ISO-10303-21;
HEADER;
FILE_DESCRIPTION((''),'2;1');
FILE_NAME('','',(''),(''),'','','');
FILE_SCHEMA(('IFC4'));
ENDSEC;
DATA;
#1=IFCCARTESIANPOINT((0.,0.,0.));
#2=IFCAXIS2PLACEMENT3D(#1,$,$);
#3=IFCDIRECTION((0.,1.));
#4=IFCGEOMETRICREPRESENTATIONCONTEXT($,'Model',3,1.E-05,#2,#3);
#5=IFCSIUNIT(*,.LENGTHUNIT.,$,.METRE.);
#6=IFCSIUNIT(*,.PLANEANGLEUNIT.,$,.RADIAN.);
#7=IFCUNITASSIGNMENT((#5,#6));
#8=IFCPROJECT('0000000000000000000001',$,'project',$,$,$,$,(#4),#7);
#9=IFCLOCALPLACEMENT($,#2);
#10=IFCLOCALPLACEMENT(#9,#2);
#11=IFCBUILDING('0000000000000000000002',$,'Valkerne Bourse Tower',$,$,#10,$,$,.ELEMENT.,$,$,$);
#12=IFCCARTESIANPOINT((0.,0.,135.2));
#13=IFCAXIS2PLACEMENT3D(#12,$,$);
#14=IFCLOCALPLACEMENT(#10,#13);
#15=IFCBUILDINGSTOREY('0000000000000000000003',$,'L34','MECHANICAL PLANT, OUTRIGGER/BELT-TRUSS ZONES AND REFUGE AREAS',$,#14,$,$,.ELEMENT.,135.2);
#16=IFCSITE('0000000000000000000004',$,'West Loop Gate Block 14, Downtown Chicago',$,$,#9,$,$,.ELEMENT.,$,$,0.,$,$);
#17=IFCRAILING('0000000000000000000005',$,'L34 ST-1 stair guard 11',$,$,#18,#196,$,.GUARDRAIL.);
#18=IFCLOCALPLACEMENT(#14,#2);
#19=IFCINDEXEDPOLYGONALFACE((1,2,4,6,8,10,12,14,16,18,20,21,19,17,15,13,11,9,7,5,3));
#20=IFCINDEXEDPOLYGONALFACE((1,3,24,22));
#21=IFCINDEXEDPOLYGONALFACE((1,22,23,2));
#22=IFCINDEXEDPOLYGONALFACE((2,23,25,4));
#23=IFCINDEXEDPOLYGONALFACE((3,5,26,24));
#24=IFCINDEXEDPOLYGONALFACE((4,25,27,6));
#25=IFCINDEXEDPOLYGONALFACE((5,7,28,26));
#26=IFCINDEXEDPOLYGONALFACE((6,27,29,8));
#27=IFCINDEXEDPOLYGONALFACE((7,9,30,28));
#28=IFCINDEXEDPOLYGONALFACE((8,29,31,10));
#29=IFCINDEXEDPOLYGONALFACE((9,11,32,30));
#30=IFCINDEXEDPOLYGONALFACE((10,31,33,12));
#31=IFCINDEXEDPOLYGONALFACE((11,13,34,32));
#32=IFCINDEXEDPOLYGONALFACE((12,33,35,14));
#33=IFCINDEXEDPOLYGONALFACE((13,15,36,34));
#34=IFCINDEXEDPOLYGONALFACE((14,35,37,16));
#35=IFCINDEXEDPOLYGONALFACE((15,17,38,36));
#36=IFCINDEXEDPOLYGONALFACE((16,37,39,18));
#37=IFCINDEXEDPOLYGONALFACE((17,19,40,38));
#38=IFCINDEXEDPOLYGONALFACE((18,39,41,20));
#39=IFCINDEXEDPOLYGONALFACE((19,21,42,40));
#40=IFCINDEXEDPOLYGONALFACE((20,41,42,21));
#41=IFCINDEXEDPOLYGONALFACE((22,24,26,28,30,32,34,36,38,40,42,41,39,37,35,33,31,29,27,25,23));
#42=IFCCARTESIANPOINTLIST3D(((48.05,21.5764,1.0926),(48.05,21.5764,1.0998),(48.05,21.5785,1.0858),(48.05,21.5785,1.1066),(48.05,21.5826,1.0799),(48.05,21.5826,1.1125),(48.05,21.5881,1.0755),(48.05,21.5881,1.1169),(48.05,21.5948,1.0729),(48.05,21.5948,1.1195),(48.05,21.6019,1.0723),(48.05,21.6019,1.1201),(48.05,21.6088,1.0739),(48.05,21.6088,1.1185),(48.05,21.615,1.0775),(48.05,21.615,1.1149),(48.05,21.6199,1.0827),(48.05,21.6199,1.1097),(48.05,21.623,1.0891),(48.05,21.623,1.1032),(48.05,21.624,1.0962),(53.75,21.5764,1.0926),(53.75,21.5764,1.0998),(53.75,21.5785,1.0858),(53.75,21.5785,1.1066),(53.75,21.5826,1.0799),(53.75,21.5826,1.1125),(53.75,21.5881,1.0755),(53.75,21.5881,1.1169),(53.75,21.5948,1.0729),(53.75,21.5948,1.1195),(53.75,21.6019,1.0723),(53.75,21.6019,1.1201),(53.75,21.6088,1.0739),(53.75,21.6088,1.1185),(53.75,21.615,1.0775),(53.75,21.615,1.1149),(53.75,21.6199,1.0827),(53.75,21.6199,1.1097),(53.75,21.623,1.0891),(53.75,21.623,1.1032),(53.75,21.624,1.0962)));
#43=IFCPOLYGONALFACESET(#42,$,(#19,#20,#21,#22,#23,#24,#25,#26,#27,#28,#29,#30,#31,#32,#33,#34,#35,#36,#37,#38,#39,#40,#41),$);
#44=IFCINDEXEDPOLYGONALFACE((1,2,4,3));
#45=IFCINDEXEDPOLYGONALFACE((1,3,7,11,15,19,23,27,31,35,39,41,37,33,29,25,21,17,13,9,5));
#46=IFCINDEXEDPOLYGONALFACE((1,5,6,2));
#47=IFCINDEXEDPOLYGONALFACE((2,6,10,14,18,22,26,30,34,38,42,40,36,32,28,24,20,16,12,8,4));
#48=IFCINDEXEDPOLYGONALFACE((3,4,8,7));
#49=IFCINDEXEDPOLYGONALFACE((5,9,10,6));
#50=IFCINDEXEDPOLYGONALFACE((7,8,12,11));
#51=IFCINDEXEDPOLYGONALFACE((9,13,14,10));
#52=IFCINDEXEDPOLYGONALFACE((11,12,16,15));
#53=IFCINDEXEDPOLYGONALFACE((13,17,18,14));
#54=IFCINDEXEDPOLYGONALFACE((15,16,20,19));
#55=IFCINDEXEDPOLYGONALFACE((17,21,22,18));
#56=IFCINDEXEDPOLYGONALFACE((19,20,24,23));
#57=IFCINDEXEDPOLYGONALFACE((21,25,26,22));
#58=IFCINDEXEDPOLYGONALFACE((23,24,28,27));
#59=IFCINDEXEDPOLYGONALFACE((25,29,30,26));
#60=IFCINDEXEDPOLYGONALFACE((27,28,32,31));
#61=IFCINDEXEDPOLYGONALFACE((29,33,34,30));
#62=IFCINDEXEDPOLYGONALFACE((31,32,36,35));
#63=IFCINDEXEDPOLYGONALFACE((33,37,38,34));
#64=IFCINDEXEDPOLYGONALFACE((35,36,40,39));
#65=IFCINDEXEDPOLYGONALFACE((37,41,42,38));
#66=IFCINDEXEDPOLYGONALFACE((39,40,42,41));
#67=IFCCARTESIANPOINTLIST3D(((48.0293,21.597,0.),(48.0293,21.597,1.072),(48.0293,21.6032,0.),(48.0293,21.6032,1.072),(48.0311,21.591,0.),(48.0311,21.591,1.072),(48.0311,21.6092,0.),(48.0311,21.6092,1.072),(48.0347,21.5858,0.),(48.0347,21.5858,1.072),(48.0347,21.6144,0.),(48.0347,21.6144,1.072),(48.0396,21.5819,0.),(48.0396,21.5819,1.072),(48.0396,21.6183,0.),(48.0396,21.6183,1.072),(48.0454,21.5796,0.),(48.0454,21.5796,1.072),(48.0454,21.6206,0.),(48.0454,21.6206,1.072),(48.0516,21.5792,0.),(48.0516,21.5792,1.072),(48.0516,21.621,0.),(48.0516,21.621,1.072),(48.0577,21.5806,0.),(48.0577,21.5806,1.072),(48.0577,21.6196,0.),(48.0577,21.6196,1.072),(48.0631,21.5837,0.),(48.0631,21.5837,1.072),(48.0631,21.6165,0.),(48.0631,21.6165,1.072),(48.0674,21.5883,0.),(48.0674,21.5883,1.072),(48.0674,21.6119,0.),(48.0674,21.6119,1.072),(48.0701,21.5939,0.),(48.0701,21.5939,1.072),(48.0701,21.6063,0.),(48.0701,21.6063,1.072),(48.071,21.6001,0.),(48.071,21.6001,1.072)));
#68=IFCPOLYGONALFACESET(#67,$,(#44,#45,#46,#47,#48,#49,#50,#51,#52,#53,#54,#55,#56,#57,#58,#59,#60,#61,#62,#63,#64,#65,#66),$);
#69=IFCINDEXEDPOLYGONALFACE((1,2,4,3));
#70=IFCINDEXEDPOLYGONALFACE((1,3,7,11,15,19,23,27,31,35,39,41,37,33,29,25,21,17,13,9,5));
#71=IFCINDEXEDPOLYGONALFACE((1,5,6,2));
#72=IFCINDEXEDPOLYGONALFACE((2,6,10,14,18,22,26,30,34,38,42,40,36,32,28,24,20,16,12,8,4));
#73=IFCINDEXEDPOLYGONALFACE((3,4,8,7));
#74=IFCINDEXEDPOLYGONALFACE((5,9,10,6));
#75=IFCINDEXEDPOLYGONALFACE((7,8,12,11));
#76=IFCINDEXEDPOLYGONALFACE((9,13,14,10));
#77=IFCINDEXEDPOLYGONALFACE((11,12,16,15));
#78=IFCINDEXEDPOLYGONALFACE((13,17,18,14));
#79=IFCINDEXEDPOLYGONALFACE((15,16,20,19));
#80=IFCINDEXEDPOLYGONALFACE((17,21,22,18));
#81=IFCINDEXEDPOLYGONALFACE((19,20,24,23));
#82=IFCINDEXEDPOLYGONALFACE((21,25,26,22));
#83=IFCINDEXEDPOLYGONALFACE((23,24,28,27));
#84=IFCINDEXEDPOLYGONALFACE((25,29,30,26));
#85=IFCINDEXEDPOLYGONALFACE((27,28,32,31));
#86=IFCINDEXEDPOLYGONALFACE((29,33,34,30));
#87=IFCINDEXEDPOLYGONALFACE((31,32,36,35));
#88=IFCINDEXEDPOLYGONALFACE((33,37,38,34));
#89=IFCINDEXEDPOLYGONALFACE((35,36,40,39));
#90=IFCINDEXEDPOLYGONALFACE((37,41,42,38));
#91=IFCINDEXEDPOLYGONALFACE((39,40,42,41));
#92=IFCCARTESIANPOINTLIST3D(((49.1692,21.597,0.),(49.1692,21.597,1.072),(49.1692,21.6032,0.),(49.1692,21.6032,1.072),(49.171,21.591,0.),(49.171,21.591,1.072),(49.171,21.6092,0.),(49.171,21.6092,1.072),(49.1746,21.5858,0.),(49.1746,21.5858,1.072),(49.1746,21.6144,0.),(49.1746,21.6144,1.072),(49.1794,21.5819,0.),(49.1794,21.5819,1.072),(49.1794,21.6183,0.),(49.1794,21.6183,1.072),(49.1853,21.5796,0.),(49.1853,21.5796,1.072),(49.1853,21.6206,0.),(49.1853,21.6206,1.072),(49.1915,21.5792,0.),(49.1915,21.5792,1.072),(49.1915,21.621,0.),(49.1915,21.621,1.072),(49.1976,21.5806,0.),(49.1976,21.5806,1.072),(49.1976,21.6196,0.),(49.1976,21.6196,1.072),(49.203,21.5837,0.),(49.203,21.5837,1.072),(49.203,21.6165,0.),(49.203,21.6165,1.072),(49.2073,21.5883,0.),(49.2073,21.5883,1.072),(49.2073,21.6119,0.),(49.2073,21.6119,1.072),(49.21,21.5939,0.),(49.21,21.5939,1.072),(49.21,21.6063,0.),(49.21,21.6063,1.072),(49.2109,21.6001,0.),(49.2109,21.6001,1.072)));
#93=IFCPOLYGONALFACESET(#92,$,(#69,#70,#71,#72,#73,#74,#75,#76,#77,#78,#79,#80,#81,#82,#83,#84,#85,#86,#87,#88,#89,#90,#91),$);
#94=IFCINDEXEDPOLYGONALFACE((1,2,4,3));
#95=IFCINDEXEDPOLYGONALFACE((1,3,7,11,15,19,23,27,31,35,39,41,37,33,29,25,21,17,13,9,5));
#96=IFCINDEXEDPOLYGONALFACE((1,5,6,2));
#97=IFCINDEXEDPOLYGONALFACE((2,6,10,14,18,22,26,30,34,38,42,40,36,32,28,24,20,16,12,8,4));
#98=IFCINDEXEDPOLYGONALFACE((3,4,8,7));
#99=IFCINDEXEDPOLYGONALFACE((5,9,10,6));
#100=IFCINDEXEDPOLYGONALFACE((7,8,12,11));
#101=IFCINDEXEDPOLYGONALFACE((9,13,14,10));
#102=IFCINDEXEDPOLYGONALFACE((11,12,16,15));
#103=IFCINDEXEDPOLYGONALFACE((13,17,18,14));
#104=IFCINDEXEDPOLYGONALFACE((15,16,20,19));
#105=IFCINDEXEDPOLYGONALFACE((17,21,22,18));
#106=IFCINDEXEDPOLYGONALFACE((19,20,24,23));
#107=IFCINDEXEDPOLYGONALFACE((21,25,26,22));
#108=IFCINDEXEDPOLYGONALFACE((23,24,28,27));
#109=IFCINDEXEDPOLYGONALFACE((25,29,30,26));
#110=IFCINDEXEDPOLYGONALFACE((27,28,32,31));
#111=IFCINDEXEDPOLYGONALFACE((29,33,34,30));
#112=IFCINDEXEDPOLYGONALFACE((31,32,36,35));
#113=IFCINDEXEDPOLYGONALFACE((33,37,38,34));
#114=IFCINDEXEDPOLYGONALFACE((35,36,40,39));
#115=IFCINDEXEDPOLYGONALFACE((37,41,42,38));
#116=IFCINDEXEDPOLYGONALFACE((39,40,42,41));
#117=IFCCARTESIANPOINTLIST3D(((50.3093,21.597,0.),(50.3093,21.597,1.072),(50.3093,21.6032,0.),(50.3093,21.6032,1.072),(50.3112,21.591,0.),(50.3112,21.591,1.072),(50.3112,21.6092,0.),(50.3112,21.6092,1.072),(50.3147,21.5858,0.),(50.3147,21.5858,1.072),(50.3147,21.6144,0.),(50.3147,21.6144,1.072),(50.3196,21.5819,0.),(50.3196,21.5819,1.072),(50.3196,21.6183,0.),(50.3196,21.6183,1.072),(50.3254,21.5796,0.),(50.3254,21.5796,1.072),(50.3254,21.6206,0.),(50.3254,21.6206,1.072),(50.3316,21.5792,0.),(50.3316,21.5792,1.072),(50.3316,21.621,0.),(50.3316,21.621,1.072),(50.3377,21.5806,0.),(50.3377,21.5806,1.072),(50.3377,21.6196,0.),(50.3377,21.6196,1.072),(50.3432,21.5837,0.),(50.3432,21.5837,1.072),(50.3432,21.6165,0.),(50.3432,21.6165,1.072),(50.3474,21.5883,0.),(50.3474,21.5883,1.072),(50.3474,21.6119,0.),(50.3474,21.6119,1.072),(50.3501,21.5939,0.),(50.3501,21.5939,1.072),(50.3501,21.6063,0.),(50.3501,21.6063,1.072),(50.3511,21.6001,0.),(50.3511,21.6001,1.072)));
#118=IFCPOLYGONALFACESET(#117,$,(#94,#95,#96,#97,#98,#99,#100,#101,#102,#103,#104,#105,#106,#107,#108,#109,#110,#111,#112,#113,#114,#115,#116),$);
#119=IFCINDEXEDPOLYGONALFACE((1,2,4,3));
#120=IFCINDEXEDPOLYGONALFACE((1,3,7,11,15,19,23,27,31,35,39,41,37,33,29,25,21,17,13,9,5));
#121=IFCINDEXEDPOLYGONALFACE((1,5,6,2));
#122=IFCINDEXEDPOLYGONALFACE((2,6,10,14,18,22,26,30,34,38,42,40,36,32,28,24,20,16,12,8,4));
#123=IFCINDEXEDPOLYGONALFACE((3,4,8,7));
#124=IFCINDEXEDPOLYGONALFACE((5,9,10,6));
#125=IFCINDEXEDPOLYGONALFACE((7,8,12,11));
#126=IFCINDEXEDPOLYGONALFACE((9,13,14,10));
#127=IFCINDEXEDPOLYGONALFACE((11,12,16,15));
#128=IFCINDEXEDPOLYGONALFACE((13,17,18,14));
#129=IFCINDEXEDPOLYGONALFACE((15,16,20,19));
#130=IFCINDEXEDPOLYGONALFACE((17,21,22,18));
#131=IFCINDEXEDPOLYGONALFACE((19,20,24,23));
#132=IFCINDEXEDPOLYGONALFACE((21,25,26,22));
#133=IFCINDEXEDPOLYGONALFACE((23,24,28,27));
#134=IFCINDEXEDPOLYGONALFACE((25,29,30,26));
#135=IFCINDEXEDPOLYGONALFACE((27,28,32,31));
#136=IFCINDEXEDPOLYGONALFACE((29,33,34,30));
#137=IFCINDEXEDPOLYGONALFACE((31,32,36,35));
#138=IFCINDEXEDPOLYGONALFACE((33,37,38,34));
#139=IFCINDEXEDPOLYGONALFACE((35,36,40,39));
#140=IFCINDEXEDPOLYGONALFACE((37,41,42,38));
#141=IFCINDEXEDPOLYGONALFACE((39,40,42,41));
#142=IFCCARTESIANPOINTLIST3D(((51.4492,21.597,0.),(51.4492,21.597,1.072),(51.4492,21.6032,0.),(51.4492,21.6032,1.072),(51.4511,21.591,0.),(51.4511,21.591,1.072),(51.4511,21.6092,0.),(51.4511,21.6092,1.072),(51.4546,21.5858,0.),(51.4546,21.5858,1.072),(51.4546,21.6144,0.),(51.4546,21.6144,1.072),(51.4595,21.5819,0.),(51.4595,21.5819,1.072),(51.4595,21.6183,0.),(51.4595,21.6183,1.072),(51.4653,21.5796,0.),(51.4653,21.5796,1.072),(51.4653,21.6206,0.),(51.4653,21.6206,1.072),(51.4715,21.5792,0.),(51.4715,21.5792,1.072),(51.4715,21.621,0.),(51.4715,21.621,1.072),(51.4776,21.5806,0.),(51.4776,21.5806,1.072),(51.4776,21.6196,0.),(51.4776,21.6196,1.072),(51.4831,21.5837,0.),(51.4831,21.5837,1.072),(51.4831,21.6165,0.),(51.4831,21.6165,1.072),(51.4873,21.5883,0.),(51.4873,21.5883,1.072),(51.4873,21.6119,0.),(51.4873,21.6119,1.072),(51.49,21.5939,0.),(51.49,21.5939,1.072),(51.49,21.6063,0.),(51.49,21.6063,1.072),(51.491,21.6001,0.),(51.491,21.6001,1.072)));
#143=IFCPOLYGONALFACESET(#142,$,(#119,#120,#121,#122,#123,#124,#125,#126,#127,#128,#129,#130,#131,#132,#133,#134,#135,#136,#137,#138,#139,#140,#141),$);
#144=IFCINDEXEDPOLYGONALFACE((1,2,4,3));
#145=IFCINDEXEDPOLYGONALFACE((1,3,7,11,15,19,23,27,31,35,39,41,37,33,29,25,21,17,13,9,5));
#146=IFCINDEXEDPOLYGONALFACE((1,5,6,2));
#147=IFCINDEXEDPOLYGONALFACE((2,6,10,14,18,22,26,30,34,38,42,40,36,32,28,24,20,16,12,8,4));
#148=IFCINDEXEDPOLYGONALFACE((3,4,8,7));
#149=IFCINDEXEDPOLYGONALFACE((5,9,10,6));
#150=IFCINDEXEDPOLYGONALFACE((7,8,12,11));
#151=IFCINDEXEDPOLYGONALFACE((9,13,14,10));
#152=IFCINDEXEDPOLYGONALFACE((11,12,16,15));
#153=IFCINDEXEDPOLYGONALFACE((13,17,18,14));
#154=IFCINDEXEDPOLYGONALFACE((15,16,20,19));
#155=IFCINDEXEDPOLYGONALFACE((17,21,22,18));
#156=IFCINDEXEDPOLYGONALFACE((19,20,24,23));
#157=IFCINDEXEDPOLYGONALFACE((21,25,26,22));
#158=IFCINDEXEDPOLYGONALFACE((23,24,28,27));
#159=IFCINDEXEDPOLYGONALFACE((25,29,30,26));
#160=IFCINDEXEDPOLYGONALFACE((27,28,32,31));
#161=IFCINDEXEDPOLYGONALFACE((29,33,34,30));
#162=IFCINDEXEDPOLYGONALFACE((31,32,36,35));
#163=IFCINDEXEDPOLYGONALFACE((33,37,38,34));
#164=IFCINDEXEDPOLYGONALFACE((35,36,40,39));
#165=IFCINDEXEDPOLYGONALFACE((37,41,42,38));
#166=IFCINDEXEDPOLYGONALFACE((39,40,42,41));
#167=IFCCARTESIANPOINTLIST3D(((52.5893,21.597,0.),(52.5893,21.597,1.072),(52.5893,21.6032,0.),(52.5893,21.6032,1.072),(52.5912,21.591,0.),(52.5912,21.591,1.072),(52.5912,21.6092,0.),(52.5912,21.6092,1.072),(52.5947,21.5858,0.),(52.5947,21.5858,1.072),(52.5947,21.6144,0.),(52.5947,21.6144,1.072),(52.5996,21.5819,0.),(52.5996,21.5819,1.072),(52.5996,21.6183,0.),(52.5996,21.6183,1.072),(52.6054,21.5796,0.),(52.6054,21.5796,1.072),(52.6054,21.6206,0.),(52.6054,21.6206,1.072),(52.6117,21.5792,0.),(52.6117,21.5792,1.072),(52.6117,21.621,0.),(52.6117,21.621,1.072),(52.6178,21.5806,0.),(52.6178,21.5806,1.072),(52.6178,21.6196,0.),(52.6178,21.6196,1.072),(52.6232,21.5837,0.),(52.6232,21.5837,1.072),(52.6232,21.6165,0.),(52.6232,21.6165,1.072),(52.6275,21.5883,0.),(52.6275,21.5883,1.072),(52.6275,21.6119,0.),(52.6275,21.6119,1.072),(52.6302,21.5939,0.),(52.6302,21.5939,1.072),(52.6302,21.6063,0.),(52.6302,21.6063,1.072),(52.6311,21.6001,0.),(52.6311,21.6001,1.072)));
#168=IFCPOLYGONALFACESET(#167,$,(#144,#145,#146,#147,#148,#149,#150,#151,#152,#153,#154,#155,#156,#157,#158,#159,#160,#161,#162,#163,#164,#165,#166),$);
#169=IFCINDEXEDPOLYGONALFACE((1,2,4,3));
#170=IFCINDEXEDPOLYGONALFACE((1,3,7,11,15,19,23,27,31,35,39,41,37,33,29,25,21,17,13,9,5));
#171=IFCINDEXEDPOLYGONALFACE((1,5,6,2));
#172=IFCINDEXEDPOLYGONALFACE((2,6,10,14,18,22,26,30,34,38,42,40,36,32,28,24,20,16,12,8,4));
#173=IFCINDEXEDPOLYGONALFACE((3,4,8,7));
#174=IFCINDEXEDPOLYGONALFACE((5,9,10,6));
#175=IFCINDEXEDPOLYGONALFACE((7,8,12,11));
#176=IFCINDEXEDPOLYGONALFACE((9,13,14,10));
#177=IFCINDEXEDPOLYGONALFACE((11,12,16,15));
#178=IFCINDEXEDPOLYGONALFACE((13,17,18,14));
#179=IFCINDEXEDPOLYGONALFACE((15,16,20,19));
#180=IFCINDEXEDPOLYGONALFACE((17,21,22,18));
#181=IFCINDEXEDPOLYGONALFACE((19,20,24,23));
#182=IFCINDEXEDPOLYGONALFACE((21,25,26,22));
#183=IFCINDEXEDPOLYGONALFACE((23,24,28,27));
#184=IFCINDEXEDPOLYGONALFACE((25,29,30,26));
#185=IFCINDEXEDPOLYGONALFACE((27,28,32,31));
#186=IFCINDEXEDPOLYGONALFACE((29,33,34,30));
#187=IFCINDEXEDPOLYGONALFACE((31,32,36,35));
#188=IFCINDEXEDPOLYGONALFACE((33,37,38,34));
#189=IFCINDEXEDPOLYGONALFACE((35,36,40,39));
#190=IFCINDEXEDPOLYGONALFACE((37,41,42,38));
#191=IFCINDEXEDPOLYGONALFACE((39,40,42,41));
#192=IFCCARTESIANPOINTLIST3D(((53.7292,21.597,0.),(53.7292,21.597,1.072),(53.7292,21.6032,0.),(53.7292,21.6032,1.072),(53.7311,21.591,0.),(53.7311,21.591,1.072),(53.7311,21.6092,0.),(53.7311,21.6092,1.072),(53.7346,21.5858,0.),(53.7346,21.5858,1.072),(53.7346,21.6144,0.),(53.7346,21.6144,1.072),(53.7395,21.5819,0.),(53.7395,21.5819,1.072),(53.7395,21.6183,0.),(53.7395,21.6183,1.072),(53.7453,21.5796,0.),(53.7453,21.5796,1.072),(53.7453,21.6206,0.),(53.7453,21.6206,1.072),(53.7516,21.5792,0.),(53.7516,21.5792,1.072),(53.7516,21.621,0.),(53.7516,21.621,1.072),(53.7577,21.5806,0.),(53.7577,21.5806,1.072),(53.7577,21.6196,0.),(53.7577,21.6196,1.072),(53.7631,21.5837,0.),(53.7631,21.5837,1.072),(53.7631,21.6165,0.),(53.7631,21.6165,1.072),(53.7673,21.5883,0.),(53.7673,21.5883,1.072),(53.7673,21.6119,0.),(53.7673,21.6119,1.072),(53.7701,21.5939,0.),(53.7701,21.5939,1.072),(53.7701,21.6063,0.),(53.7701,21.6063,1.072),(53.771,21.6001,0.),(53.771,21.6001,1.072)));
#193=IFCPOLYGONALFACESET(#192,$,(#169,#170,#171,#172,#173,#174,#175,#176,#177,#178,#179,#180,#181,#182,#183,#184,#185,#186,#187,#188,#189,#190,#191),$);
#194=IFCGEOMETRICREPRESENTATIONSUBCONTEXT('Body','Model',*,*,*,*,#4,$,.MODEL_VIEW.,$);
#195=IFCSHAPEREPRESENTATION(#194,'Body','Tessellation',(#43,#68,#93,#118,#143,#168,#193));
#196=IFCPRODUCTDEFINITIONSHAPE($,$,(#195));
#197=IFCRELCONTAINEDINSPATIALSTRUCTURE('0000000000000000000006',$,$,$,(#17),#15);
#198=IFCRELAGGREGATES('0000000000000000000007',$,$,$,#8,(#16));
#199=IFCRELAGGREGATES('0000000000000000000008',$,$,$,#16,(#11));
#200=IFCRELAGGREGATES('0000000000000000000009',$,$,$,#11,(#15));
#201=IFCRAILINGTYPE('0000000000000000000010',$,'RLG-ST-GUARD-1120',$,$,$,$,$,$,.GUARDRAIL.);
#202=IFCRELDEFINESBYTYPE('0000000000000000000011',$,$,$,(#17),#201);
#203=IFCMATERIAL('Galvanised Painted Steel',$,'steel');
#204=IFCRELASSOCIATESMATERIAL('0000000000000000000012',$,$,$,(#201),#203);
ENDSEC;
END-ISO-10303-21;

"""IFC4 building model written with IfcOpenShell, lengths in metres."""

from ifc_helpers import new_model, si_unit, direction, frame, origin, origin_2d, place, context, subcontext, project, spatial, circle, extrude, material, type_object, element, save


model = new_model("IFC4")

# Units and contexts
model_context = context("Model", 3, precision=1e-05, world=origin(), true_north=direction((0.0, 1.0)))
body_context = subcontext(model_context, "Body", "Model", "MODEL_VIEW")
ifc_project = project(units=[si_unit("LENGTHUNIT", "METRE"), si_unit("PLANEANGLEUNIT", "RADIAN")], contexts=[model_context])

# Site, building, storey
site_placement = place(None, origin())
site = spatial("IfcSite", under=ifc_project, at=site_placement, Name="West Loop Gate Block 14, Downtown Chicago", CompositionType="ELEMENT", RefElevation=0.0)
building_placement = place(site_placement, origin())
building = spatial("IfcBuilding", under=site, at=building_placement, Name="Valkerne Bourse Tower", CompositionType="ELEMENT")
storey_placement = place(building_placement, frame((0.0, 0.0, 135.2)))
storey = spatial("IfcBuildingStorey", under=building, at=storey_placement, Name="L34", Description="MECHANICAL PLANT, OUTRIGGER/BELT-TRUSS ZONES AND REFUGE AREAS", CompositionType="ELEMENT", Elevation=135.2)

# Shared definitions
ifc_material_1 = material(Name="Galvanised Painted Steel", Category="steel")

# Railing
railing_type_1 = type_object("IfcRailingType", Name="RLG-ST-GUARD-1120", PredefinedType="GUARDRAIL", material=ifc_material_1)
railing_1_placement = place(storey_placement, frame((48.05, 21.6001, 0.0)))
element("IfcRailing", 1, at=railing_1_placement, inside=storey, type_object=railing_type_1, Name="L34 ST-1 stair guard 11", PredefinedType="GUARDRAIL", context=body_context, shape_type="SweptSolid", body=[
    extrude(circle(Radius=0.0239, at=origin_2d()), frame((0.0, 0.0, 1.0962), z_axis=(1.0, 0.0, 0.0), x_axis=(0.0, 1.0, 0.0)), (0.0, 0.0, 1.0), 5.7),
    extrude(circle(Radius=0.021, at=origin_2d()), origin(), (0.0, 0.0, 1.0), 1.072),
    extrude(circle(Radius=0.021, at=origin_2d()), frame((1.1399, 0.0, 0.0)), (0.0, 0.0, 1.0), 1.072),
    extrude(circle(Radius=0.021, at=origin_2d()), frame((2.28, 0.0, 0.0)), (0.0, 0.0, 1.0), 1.072),
    extrude(circle(Radius=0.021, at=origin_2d()), frame((3.4199, 0.0, 0.0)), (0.0, 0.0, 1.0), 1.072),
    extrude(circle(Radius=0.021, at=origin_2d()), frame((4.5601, 0.0, 0.0)), (0.0, 0.0, 1.0), 1.072),
    extrude(circle(Radius=0.021, at=origin_2d()), frame((5.7, 0.0, 0.0)), (0.0, 0.0, 1.0), 1.072),
])

save(model, "model.ifc")
